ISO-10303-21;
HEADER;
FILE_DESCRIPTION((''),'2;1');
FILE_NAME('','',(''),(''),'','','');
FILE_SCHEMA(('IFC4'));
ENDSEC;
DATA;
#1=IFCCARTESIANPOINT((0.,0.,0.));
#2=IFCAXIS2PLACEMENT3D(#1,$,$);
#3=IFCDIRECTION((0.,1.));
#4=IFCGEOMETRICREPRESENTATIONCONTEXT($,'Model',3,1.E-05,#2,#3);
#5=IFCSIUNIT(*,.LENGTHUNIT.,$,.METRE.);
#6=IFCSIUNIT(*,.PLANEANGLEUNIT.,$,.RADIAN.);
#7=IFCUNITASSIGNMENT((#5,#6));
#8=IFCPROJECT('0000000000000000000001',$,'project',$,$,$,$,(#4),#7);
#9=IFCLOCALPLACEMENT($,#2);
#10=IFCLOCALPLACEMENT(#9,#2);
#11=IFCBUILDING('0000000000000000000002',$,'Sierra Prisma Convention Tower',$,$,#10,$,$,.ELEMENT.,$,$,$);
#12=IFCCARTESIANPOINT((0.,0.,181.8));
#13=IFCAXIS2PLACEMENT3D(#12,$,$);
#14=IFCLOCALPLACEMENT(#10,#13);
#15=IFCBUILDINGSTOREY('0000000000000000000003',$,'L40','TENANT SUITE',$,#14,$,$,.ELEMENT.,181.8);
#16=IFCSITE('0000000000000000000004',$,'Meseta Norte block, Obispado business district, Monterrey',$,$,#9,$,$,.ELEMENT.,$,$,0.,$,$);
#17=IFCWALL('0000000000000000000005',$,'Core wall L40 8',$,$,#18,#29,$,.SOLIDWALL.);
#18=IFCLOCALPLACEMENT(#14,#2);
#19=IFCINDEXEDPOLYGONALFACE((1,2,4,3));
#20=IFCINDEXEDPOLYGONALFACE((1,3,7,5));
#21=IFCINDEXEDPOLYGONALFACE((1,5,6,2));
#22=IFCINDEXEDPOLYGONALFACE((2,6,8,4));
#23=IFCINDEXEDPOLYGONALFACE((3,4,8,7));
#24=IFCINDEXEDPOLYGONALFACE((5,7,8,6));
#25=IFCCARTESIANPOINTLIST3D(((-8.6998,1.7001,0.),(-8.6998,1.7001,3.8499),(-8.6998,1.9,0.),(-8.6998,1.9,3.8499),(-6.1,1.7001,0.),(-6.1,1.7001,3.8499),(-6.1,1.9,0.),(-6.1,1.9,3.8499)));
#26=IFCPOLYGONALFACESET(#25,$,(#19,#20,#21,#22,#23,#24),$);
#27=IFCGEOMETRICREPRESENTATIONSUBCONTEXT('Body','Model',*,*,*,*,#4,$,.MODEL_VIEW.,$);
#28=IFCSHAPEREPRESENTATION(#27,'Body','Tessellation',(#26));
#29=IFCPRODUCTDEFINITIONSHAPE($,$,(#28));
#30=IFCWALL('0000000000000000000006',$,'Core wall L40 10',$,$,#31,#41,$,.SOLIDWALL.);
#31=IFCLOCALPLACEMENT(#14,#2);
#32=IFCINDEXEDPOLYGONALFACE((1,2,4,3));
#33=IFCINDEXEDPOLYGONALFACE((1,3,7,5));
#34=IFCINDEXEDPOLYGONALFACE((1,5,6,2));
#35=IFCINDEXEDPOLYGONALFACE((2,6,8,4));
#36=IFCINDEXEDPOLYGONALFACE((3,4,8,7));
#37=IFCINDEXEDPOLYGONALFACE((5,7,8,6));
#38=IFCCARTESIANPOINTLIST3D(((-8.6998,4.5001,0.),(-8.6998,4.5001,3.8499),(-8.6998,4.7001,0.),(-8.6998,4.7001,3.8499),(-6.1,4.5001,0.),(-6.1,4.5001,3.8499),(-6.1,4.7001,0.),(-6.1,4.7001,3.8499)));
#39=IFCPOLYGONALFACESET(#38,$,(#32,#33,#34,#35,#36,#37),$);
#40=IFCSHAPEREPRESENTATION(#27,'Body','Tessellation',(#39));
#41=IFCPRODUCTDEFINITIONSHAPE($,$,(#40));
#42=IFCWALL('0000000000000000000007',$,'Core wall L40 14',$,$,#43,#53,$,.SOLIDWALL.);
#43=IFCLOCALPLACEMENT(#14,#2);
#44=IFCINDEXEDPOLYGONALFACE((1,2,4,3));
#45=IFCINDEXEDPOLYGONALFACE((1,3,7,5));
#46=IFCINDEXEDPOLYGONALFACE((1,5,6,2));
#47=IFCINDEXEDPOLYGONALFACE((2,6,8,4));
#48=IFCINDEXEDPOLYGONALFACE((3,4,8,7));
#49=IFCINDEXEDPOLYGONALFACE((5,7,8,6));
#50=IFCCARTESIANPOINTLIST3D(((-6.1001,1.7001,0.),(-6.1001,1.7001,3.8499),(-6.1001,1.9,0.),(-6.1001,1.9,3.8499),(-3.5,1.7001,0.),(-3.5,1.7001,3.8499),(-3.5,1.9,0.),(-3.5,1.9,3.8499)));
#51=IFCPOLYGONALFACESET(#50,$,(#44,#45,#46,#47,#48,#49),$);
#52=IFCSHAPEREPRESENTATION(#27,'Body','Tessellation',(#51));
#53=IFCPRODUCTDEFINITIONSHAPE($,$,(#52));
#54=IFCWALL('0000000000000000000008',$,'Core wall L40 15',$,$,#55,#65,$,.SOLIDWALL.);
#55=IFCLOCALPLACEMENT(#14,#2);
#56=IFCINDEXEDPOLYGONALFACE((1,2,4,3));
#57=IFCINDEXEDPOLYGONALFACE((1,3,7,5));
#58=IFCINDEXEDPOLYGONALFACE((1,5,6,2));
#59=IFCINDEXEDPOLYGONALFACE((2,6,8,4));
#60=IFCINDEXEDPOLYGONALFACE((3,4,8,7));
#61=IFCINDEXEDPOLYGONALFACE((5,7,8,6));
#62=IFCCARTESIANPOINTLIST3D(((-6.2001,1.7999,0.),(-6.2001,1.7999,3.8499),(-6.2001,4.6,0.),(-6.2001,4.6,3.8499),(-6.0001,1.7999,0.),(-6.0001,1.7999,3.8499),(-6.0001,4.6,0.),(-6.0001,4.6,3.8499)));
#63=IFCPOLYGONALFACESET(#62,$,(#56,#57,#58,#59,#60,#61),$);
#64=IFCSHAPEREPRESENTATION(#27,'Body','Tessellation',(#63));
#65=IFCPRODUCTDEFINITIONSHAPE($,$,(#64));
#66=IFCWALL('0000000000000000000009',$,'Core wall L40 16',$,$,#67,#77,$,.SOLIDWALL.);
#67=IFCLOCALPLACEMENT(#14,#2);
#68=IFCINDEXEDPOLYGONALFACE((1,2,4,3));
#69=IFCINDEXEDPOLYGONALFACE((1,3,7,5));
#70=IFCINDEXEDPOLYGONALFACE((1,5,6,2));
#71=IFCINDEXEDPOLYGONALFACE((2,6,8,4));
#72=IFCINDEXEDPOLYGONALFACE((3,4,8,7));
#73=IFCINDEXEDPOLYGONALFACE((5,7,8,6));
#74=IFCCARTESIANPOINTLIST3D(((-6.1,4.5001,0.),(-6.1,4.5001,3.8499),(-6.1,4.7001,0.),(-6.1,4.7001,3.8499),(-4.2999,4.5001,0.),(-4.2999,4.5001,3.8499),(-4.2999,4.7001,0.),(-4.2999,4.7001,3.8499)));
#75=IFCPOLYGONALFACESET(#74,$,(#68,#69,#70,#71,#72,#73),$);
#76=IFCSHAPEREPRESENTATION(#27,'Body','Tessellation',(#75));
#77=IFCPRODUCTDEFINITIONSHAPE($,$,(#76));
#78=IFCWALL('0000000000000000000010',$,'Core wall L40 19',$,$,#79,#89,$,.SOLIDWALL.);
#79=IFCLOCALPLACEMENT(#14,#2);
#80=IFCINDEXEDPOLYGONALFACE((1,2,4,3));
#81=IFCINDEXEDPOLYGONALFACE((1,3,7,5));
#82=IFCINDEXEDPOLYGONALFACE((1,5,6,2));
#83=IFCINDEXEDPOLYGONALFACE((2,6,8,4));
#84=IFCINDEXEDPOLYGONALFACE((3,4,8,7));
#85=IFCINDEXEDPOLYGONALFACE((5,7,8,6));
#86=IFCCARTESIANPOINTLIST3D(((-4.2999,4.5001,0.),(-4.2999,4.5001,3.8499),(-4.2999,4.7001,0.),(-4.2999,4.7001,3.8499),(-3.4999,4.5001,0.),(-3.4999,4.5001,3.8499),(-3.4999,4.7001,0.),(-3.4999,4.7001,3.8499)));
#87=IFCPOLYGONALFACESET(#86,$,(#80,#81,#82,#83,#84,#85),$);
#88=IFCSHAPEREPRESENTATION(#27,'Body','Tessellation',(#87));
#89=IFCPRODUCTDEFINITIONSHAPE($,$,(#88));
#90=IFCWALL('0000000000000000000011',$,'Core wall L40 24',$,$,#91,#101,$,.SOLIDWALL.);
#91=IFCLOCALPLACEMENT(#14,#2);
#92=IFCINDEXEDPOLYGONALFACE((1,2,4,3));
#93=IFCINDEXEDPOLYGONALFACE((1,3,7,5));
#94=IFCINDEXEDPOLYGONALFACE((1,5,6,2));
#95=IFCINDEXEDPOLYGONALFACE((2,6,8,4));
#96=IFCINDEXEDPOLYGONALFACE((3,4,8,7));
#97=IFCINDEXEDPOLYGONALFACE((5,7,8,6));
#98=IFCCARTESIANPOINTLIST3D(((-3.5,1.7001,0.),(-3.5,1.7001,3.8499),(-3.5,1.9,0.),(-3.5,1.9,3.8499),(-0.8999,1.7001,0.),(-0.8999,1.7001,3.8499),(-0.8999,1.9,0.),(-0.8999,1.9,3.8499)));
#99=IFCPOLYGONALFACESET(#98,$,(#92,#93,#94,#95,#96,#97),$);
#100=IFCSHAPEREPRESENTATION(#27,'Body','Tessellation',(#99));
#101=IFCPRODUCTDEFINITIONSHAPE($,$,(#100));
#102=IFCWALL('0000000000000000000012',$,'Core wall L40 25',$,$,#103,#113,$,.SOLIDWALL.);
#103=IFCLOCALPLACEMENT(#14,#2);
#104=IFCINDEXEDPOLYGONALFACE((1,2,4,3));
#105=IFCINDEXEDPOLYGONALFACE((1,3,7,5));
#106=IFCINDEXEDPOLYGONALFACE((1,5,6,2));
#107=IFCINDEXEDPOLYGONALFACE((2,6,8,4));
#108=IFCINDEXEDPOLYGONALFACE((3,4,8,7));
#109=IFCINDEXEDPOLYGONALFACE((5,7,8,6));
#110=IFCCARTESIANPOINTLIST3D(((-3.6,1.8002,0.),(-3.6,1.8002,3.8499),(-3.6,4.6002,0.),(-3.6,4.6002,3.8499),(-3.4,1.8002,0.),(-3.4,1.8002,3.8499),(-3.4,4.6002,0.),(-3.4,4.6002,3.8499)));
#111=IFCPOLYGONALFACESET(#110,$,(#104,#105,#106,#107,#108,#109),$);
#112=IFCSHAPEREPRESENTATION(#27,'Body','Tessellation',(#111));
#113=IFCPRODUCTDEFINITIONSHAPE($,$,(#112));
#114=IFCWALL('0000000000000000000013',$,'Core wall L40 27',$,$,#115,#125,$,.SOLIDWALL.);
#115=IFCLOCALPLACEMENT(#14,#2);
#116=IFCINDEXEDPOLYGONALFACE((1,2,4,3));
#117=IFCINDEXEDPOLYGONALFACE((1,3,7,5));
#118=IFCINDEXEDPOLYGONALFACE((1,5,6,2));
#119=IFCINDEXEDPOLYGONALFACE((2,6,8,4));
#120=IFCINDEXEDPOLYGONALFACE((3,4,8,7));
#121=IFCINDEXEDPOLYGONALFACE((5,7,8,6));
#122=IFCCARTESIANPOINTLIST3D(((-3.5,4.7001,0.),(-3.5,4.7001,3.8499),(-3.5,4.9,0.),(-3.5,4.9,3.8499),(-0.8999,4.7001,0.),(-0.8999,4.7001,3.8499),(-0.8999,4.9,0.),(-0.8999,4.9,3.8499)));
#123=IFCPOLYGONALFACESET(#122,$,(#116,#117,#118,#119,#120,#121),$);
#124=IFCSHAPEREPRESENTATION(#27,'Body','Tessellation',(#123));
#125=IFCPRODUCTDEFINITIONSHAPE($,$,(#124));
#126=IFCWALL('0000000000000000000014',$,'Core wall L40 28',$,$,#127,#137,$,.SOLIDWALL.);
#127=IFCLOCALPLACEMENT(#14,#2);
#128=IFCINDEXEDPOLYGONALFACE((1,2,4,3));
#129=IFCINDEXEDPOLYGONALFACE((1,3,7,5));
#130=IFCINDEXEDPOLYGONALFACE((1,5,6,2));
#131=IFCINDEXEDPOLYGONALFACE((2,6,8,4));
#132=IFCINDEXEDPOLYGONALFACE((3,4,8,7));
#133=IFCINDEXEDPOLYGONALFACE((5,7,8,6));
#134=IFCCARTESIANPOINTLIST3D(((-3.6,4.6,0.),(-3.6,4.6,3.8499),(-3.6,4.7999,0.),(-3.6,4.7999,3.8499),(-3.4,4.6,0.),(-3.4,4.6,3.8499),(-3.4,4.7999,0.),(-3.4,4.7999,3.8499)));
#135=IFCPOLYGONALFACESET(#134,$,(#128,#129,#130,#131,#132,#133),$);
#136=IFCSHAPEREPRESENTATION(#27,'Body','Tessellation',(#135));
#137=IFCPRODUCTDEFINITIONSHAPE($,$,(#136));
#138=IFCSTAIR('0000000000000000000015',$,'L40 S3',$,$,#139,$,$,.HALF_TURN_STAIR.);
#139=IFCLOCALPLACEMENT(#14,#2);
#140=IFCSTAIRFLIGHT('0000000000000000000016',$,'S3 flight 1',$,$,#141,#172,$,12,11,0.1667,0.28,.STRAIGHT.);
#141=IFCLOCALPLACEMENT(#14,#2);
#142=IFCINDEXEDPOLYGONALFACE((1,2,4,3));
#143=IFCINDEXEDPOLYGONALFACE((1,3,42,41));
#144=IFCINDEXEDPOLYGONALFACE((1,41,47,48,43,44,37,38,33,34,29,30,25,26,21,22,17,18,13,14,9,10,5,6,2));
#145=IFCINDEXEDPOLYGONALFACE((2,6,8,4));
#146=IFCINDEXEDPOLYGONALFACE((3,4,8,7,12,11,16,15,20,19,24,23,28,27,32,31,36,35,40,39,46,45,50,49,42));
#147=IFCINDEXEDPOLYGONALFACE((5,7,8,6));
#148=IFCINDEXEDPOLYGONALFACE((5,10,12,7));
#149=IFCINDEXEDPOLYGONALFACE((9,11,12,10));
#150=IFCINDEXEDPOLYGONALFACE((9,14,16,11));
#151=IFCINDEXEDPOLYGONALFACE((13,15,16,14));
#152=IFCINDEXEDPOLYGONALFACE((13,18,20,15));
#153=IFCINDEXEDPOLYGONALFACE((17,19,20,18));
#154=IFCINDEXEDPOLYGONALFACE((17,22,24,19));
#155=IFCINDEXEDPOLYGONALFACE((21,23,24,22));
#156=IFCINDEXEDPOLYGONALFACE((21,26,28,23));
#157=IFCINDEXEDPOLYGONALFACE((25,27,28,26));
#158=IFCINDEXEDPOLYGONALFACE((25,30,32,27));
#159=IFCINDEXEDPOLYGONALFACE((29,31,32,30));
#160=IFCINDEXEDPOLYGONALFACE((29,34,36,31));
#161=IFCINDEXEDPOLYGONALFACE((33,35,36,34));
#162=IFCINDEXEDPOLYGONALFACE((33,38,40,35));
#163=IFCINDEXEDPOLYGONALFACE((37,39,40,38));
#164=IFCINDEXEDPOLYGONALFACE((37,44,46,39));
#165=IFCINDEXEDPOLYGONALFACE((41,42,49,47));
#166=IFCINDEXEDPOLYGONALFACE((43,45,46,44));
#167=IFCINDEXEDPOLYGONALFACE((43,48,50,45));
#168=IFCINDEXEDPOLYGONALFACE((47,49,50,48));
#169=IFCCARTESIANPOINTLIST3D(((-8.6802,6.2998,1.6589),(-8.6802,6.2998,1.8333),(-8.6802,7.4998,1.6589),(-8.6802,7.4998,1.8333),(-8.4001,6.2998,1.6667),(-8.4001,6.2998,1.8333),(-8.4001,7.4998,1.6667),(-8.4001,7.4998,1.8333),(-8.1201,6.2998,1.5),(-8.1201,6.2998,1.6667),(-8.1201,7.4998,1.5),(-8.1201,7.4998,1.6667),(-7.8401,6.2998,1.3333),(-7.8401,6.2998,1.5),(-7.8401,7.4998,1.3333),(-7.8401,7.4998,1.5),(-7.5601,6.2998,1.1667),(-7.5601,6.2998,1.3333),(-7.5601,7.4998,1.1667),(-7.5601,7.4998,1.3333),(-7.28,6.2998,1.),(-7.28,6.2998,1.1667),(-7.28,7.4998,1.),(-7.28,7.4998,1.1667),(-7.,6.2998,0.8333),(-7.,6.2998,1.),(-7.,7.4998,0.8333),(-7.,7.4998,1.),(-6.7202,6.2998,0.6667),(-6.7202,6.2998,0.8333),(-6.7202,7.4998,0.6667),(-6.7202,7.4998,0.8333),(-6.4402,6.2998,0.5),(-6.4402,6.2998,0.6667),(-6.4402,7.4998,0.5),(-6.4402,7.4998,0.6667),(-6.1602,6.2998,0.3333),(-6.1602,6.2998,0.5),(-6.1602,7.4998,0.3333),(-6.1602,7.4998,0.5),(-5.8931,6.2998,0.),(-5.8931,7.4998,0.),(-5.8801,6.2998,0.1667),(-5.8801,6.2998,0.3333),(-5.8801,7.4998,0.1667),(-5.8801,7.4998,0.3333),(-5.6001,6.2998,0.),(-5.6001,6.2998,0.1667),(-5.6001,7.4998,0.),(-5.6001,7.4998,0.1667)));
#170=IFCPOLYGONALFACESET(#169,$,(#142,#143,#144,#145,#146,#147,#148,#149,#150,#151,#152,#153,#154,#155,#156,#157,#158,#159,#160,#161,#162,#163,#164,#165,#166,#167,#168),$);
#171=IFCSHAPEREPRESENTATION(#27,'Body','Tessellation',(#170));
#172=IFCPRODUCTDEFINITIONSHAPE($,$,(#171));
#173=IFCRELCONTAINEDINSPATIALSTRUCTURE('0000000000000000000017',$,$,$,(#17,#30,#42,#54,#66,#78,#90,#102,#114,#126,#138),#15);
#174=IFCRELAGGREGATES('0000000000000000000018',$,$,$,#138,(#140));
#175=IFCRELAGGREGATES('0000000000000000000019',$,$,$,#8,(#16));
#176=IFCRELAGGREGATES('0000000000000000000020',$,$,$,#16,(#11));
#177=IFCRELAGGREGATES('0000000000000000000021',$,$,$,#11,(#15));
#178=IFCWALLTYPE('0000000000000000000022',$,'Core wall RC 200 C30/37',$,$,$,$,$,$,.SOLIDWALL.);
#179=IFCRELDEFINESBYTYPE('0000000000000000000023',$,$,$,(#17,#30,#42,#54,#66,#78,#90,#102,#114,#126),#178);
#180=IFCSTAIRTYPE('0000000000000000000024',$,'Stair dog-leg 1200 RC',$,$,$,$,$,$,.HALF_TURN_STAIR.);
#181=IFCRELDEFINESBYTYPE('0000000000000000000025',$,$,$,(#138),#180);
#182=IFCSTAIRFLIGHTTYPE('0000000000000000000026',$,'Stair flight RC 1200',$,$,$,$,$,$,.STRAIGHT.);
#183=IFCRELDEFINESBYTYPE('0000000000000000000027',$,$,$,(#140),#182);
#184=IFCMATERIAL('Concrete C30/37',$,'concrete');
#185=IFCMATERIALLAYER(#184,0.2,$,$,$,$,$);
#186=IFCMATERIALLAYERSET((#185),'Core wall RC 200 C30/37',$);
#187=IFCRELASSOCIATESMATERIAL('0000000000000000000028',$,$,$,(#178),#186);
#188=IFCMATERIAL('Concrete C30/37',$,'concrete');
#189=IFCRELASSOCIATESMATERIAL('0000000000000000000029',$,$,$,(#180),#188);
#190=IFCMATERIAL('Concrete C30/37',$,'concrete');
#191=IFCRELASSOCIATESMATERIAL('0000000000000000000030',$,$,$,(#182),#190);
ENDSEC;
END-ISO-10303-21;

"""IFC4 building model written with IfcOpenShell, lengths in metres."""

from ifc_helpers import new_model, si_unit, direction, frame, frame_2d, origin, place, context, subcontext, project, spatial, polyline, rectangle, outline, extrude, material, layer, layer_set, type_object, element, aggregate, save


model = new_model("IFC4")

# Units and contexts
model_context = context("Model", 3, precision=1e-05, world=origin(), true_north=direction((0.0, 1.0)))
body_context = subcontext(model_context, "Body", "Model", "MODEL_VIEW")
ifc_project = project(units=[si_unit("LENGTHUNIT", "METRE"), si_unit("PLANEANGLEUNIT", "RADIAN")], contexts=[model_context])

# Site, building, storey
site_placement = place(None, origin())
site = spatial("IfcSite", under=ifc_project, at=site_placement, Name="Meseta Norte block, Obispado business district, Monterrey", CompositionType="ELEMENT", RefElevation=0.0)
building_placement = place(site_placement, origin())
building = spatial("IfcBuilding", under=site, at=building_placement, Name="Sierra Prisma Convention Tower", CompositionType="ELEMENT")
storey_placement = place(building_placement, frame((0.0, 0.0, 181.8)))
storey = spatial("IfcBuildingStorey", under=building, at=storey_placement, Name="L40", Description="TENANT SUITE", CompositionType="ELEMENT", Elevation=181.8)

# Walls
ifc_material_1 = material(Name="Concrete C30/37", Category="concrete")
ifc_layer_1 = layer(ifc_material_1, 0.2)
ifc_layer_set_1 = layer_set([ifc_layer_1], Name="Core wall RC 200 C30/37")
wall_type = type_object("IfcWallType", Name="Core wall RC 200 C30/37", PredefinedType="SOLIDWALL", material=ifc_layer_set_1)
for number, where, z_axis, x_axis, name in (
    (1, (-6.1001, 1.8, 0.0), (0.0, 0.0, 1.0), (-1.0, 0.0, 0.0), "Core wall L40 8"),
    (2, (-6.1001, 4.6001, 0.0), (0.0, 0.0, 1.0), (-1.0, 0.0, 0.0), "Core wall L40 10"),
):
    element("IfcWall", number, at=place(storey_placement, frame(where, z_axis=z_axis, x_axis=x_axis)), inside=storey, type_object=wall_type, Name=name, PredefinedType="SOLIDWALL", context=body_context, shape_type="SweptSolid", body=[
        extrude(rectangle(XDim=2.5999, YDim=0.2, at=frame_2d((1.2998, 0.0))), origin(), (0.0, 0.0, 1.0), 3.8499),
    ])

# Walls
wall_1_placement = place(storey_placement, frame((-3.5, 1.8, 0.0), z_axis=(0.0, 0.0, 1.0), x_axis=(-1.0, 0.0, 0.0)))
element("IfcWall", 3, at=wall_1_placement, inside=storey, type_object=wall_type, Name="Core wall L40 14", PredefinedType="SOLIDWALL", context=body_context, shape_type="SweptSolid", body=[
    extrude(rectangle(XDim=2.6001, YDim=0.2, at=frame_2d((1.3, 0.0))), origin(), (0.0, 0.0, 1.0), 3.8499),
])
wall_2_placement = place(storey_placement, frame((-6.1001, 1.8, 0.0), z_axis=(0.0, 0.0, 1.0), x_axis=(0.0, 1.0, 0.0)))
element("IfcWall", 4, at=wall_2_placement, inside=storey, type_object=wall_type, Name="Core wall L40 15", PredefinedType="SOLIDWALL", context=body_context, shape_type="SweptSolid", body=[
    extrude(rectangle(XDim=2.8, YDim=0.2, at=frame_2d((1.3999, 0.0))), origin(), (0.0, 0.0, 1.0), 3.8499),
])
wall_3_placement = place(storey_placement, frame((-4.3, 4.6001, 0.0), z_axis=(0.0, 0.0, 1.0), x_axis=(-1.0, 0.0, 0.0)))
element("IfcWall", 5, at=wall_3_placement, inside=storey, type_object=wall_type, Name="Core wall L40 16", PredefinedType="SOLIDWALL", context=body_context, shape_type="SweptSolid", body=[
    extrude(rectangle(XDim=1.8, YDim=0.2, at=frame_2d((0.8999, 0.0))), origin(), (0.0, 0.0, 1.0), 3.8499),
])
wall_4_placement = place(storey_placement, frame((-3.5, 4.6001, 0.0), z_axis=(0.0, 0.0, 1.0), x_axis=(-1.0, 0.0, 0.0)))
element("IfcWall", 6, at=wall_4_placement, inside=storey, type_object=wall_type, Name="Core wall L40 19", PredefinedType="SOLIDWALL", context=body_context, shape_type="SweptSolid", body=[
    extrude(rectangle(XDim=0.8, YDim=0.2, at=frame_2d((0.3999, 0.0))), origin(), (0.0, 0.0, 1.0), 3.8499),
])

# Walls
wall_5_placement = place(storey_placement, frame((-0.8999, 1.8, 0.0), z_axis=(0.0, 0.0, 1.0), x_axis=(-1.0, 0.0, 0.0)))
element("IfcWall", 7, at=wall_5_placement, inside=storey, type_object=wall_type, Name="Core wall L40 24", PredefinedType="SOLIDWALL", context=body_context, shape_type="SweptSolid", body=[
    extrude(rectangle(XDim=2.6001, YDim=0.2, at=frame_2d((1.3, 0.0))), origin(), (0.0, 0.0, 1.0), 3.8499),
])
wall_6_placement = place(storey_placement, frame((-3.5, 4.6001, 0.0), z_axis=(0.0, 0.0, 1.0), x_axis=(0.0, -1.0, 0.0)))
element("IfcWall", 8, at=wall_6_placement, inside=storey, type_object=wall_type, Name="Core wall L40 25", PredefinedType="SOLIDWALL", context=body_context, shape_type="SweptSolid", body=[
    extrude(rectangle(XDim=2.8, YDim=0.2, at=frame_2d((1.3999, 0.0))), origin(), (0.0, 0.0, 1.0), 3.8499),
])

# Walls
wall_7_placement = place(storey_placement, frame((-0.8999, 4.8, 0.0), z_axis=(0.0, 0.0, 1.0), x_axis=(-1.0, 0.0, 0.0)))
element("IfcWall", 9, at=wall_7_placement, inside=storey, type_object=wall_type, Name="Core wall L40 27", PredefinedType="SOLIDWALL", context=body_context, shape_type="SweptSolid", body=[
    extrude(rectangle(XDim=2.6001, YDim=0.2, at=frame_2d((1.3, 0.0))), origin(), (0.0, 0.0, 1.0), 3.8499),
])
wall_8_placement = place(storey_placement, frame((-3.5, 4.8, 0.0), z_axis=(0.0, 0.0, 1.0), x_axis=(0.0, -1.0, 0.0)))
element("IfcWall", 10, at=wall_8_placement, inside=storey, type_object=wall_type, Name="Core wall L40 28", PredefinedType="SOLIDWALL", context=body_context, shape_type="SweptSolid", body=[
    extrude(rectangle(XDim=0.2, YDim=0.2, at=frame_2d((0.1001, 0.0))), origin(), (0.0, 0.0, 1.0), 3.8499),
])

# Stair, stair flight
ifc_material_2 = material(Name="Concrete C30/37", Category="concrete")
stair_type = type_object("IfcStairType", Name="Stair dog-leg 1200 RC", PredefinedType="HALF_TURN_STAIR", material=ifc_material_2)
stair_placement = place(storey_placement, origin())
stair = element("IfcStair", 11, at=stair_placement, inside=storey, type_object=stair_type, Name="L40 S3", PredefinedType="HALF_TURN_STAIR")
ifc_material_3 = material(Name="Concrete C30/37", Category="concrete")
stair_flight_type = type_object("IfcStairFlightType", Name="Stair flight RC 1200", PredefinedType="STRAIGHT", material=ifc_material_3)
stair_flight_placement = place(storey_placement, frame((-5.6001, 6.8999, 0.0), z_axis=(0.0, 0.0, 1.0), x_axis=(-1.0, 0.0, 0.0)))
stair_flight = element("IfcStairFlight", 12, at=stair_flight_placement, type_object=stair_flight_type, Name="S3 flight 1", NumberOfRisers=12, NumberOfTreads=11, PredefinedType="STRAIGHT", RiserHeight=0.1667, TreadLength=0.28, context=body_context, shape_type="SweptSolid", body=[
    extrude(outline(polyline([(0.0, 0.0), (0.0, 0.1667), (0.28, 0.1667), (0.28, 0.3333), (0.5601, 0.3333), (0.5601, 0.5), (0.8401, 0.5), (0.8401, 0.6667), (1.1201, 0.6667), (1.1201, 0.8333), (1.3999, 0.8333), (1.3999, 1.0), (1.6799, 1.0), (1.6799, 1.1667), (1.96, 1.1667), (1.96, 1.3333), (2.24, 1.3333), (2.24, 1.5), (2.52, 1.5), (2.52, 1.6667), (2.8, 1.6667), (2.8, 1.8333), (3.0801, 1.8333), (3.0801, 2.0), (3.0801, 1.6589), (0.293, 0.0), (0.0, 0.0)])), frame((0.0, 0.6001, 0.0), z_axis=(0.0, -1.0, 0.0), x_axis=(1.0, 0.0, 0.0)), (0.0, 0.0, 1.0), 1.2),
])
aggregate(stair, [stair_flight])

save(model, "model.ifc")
